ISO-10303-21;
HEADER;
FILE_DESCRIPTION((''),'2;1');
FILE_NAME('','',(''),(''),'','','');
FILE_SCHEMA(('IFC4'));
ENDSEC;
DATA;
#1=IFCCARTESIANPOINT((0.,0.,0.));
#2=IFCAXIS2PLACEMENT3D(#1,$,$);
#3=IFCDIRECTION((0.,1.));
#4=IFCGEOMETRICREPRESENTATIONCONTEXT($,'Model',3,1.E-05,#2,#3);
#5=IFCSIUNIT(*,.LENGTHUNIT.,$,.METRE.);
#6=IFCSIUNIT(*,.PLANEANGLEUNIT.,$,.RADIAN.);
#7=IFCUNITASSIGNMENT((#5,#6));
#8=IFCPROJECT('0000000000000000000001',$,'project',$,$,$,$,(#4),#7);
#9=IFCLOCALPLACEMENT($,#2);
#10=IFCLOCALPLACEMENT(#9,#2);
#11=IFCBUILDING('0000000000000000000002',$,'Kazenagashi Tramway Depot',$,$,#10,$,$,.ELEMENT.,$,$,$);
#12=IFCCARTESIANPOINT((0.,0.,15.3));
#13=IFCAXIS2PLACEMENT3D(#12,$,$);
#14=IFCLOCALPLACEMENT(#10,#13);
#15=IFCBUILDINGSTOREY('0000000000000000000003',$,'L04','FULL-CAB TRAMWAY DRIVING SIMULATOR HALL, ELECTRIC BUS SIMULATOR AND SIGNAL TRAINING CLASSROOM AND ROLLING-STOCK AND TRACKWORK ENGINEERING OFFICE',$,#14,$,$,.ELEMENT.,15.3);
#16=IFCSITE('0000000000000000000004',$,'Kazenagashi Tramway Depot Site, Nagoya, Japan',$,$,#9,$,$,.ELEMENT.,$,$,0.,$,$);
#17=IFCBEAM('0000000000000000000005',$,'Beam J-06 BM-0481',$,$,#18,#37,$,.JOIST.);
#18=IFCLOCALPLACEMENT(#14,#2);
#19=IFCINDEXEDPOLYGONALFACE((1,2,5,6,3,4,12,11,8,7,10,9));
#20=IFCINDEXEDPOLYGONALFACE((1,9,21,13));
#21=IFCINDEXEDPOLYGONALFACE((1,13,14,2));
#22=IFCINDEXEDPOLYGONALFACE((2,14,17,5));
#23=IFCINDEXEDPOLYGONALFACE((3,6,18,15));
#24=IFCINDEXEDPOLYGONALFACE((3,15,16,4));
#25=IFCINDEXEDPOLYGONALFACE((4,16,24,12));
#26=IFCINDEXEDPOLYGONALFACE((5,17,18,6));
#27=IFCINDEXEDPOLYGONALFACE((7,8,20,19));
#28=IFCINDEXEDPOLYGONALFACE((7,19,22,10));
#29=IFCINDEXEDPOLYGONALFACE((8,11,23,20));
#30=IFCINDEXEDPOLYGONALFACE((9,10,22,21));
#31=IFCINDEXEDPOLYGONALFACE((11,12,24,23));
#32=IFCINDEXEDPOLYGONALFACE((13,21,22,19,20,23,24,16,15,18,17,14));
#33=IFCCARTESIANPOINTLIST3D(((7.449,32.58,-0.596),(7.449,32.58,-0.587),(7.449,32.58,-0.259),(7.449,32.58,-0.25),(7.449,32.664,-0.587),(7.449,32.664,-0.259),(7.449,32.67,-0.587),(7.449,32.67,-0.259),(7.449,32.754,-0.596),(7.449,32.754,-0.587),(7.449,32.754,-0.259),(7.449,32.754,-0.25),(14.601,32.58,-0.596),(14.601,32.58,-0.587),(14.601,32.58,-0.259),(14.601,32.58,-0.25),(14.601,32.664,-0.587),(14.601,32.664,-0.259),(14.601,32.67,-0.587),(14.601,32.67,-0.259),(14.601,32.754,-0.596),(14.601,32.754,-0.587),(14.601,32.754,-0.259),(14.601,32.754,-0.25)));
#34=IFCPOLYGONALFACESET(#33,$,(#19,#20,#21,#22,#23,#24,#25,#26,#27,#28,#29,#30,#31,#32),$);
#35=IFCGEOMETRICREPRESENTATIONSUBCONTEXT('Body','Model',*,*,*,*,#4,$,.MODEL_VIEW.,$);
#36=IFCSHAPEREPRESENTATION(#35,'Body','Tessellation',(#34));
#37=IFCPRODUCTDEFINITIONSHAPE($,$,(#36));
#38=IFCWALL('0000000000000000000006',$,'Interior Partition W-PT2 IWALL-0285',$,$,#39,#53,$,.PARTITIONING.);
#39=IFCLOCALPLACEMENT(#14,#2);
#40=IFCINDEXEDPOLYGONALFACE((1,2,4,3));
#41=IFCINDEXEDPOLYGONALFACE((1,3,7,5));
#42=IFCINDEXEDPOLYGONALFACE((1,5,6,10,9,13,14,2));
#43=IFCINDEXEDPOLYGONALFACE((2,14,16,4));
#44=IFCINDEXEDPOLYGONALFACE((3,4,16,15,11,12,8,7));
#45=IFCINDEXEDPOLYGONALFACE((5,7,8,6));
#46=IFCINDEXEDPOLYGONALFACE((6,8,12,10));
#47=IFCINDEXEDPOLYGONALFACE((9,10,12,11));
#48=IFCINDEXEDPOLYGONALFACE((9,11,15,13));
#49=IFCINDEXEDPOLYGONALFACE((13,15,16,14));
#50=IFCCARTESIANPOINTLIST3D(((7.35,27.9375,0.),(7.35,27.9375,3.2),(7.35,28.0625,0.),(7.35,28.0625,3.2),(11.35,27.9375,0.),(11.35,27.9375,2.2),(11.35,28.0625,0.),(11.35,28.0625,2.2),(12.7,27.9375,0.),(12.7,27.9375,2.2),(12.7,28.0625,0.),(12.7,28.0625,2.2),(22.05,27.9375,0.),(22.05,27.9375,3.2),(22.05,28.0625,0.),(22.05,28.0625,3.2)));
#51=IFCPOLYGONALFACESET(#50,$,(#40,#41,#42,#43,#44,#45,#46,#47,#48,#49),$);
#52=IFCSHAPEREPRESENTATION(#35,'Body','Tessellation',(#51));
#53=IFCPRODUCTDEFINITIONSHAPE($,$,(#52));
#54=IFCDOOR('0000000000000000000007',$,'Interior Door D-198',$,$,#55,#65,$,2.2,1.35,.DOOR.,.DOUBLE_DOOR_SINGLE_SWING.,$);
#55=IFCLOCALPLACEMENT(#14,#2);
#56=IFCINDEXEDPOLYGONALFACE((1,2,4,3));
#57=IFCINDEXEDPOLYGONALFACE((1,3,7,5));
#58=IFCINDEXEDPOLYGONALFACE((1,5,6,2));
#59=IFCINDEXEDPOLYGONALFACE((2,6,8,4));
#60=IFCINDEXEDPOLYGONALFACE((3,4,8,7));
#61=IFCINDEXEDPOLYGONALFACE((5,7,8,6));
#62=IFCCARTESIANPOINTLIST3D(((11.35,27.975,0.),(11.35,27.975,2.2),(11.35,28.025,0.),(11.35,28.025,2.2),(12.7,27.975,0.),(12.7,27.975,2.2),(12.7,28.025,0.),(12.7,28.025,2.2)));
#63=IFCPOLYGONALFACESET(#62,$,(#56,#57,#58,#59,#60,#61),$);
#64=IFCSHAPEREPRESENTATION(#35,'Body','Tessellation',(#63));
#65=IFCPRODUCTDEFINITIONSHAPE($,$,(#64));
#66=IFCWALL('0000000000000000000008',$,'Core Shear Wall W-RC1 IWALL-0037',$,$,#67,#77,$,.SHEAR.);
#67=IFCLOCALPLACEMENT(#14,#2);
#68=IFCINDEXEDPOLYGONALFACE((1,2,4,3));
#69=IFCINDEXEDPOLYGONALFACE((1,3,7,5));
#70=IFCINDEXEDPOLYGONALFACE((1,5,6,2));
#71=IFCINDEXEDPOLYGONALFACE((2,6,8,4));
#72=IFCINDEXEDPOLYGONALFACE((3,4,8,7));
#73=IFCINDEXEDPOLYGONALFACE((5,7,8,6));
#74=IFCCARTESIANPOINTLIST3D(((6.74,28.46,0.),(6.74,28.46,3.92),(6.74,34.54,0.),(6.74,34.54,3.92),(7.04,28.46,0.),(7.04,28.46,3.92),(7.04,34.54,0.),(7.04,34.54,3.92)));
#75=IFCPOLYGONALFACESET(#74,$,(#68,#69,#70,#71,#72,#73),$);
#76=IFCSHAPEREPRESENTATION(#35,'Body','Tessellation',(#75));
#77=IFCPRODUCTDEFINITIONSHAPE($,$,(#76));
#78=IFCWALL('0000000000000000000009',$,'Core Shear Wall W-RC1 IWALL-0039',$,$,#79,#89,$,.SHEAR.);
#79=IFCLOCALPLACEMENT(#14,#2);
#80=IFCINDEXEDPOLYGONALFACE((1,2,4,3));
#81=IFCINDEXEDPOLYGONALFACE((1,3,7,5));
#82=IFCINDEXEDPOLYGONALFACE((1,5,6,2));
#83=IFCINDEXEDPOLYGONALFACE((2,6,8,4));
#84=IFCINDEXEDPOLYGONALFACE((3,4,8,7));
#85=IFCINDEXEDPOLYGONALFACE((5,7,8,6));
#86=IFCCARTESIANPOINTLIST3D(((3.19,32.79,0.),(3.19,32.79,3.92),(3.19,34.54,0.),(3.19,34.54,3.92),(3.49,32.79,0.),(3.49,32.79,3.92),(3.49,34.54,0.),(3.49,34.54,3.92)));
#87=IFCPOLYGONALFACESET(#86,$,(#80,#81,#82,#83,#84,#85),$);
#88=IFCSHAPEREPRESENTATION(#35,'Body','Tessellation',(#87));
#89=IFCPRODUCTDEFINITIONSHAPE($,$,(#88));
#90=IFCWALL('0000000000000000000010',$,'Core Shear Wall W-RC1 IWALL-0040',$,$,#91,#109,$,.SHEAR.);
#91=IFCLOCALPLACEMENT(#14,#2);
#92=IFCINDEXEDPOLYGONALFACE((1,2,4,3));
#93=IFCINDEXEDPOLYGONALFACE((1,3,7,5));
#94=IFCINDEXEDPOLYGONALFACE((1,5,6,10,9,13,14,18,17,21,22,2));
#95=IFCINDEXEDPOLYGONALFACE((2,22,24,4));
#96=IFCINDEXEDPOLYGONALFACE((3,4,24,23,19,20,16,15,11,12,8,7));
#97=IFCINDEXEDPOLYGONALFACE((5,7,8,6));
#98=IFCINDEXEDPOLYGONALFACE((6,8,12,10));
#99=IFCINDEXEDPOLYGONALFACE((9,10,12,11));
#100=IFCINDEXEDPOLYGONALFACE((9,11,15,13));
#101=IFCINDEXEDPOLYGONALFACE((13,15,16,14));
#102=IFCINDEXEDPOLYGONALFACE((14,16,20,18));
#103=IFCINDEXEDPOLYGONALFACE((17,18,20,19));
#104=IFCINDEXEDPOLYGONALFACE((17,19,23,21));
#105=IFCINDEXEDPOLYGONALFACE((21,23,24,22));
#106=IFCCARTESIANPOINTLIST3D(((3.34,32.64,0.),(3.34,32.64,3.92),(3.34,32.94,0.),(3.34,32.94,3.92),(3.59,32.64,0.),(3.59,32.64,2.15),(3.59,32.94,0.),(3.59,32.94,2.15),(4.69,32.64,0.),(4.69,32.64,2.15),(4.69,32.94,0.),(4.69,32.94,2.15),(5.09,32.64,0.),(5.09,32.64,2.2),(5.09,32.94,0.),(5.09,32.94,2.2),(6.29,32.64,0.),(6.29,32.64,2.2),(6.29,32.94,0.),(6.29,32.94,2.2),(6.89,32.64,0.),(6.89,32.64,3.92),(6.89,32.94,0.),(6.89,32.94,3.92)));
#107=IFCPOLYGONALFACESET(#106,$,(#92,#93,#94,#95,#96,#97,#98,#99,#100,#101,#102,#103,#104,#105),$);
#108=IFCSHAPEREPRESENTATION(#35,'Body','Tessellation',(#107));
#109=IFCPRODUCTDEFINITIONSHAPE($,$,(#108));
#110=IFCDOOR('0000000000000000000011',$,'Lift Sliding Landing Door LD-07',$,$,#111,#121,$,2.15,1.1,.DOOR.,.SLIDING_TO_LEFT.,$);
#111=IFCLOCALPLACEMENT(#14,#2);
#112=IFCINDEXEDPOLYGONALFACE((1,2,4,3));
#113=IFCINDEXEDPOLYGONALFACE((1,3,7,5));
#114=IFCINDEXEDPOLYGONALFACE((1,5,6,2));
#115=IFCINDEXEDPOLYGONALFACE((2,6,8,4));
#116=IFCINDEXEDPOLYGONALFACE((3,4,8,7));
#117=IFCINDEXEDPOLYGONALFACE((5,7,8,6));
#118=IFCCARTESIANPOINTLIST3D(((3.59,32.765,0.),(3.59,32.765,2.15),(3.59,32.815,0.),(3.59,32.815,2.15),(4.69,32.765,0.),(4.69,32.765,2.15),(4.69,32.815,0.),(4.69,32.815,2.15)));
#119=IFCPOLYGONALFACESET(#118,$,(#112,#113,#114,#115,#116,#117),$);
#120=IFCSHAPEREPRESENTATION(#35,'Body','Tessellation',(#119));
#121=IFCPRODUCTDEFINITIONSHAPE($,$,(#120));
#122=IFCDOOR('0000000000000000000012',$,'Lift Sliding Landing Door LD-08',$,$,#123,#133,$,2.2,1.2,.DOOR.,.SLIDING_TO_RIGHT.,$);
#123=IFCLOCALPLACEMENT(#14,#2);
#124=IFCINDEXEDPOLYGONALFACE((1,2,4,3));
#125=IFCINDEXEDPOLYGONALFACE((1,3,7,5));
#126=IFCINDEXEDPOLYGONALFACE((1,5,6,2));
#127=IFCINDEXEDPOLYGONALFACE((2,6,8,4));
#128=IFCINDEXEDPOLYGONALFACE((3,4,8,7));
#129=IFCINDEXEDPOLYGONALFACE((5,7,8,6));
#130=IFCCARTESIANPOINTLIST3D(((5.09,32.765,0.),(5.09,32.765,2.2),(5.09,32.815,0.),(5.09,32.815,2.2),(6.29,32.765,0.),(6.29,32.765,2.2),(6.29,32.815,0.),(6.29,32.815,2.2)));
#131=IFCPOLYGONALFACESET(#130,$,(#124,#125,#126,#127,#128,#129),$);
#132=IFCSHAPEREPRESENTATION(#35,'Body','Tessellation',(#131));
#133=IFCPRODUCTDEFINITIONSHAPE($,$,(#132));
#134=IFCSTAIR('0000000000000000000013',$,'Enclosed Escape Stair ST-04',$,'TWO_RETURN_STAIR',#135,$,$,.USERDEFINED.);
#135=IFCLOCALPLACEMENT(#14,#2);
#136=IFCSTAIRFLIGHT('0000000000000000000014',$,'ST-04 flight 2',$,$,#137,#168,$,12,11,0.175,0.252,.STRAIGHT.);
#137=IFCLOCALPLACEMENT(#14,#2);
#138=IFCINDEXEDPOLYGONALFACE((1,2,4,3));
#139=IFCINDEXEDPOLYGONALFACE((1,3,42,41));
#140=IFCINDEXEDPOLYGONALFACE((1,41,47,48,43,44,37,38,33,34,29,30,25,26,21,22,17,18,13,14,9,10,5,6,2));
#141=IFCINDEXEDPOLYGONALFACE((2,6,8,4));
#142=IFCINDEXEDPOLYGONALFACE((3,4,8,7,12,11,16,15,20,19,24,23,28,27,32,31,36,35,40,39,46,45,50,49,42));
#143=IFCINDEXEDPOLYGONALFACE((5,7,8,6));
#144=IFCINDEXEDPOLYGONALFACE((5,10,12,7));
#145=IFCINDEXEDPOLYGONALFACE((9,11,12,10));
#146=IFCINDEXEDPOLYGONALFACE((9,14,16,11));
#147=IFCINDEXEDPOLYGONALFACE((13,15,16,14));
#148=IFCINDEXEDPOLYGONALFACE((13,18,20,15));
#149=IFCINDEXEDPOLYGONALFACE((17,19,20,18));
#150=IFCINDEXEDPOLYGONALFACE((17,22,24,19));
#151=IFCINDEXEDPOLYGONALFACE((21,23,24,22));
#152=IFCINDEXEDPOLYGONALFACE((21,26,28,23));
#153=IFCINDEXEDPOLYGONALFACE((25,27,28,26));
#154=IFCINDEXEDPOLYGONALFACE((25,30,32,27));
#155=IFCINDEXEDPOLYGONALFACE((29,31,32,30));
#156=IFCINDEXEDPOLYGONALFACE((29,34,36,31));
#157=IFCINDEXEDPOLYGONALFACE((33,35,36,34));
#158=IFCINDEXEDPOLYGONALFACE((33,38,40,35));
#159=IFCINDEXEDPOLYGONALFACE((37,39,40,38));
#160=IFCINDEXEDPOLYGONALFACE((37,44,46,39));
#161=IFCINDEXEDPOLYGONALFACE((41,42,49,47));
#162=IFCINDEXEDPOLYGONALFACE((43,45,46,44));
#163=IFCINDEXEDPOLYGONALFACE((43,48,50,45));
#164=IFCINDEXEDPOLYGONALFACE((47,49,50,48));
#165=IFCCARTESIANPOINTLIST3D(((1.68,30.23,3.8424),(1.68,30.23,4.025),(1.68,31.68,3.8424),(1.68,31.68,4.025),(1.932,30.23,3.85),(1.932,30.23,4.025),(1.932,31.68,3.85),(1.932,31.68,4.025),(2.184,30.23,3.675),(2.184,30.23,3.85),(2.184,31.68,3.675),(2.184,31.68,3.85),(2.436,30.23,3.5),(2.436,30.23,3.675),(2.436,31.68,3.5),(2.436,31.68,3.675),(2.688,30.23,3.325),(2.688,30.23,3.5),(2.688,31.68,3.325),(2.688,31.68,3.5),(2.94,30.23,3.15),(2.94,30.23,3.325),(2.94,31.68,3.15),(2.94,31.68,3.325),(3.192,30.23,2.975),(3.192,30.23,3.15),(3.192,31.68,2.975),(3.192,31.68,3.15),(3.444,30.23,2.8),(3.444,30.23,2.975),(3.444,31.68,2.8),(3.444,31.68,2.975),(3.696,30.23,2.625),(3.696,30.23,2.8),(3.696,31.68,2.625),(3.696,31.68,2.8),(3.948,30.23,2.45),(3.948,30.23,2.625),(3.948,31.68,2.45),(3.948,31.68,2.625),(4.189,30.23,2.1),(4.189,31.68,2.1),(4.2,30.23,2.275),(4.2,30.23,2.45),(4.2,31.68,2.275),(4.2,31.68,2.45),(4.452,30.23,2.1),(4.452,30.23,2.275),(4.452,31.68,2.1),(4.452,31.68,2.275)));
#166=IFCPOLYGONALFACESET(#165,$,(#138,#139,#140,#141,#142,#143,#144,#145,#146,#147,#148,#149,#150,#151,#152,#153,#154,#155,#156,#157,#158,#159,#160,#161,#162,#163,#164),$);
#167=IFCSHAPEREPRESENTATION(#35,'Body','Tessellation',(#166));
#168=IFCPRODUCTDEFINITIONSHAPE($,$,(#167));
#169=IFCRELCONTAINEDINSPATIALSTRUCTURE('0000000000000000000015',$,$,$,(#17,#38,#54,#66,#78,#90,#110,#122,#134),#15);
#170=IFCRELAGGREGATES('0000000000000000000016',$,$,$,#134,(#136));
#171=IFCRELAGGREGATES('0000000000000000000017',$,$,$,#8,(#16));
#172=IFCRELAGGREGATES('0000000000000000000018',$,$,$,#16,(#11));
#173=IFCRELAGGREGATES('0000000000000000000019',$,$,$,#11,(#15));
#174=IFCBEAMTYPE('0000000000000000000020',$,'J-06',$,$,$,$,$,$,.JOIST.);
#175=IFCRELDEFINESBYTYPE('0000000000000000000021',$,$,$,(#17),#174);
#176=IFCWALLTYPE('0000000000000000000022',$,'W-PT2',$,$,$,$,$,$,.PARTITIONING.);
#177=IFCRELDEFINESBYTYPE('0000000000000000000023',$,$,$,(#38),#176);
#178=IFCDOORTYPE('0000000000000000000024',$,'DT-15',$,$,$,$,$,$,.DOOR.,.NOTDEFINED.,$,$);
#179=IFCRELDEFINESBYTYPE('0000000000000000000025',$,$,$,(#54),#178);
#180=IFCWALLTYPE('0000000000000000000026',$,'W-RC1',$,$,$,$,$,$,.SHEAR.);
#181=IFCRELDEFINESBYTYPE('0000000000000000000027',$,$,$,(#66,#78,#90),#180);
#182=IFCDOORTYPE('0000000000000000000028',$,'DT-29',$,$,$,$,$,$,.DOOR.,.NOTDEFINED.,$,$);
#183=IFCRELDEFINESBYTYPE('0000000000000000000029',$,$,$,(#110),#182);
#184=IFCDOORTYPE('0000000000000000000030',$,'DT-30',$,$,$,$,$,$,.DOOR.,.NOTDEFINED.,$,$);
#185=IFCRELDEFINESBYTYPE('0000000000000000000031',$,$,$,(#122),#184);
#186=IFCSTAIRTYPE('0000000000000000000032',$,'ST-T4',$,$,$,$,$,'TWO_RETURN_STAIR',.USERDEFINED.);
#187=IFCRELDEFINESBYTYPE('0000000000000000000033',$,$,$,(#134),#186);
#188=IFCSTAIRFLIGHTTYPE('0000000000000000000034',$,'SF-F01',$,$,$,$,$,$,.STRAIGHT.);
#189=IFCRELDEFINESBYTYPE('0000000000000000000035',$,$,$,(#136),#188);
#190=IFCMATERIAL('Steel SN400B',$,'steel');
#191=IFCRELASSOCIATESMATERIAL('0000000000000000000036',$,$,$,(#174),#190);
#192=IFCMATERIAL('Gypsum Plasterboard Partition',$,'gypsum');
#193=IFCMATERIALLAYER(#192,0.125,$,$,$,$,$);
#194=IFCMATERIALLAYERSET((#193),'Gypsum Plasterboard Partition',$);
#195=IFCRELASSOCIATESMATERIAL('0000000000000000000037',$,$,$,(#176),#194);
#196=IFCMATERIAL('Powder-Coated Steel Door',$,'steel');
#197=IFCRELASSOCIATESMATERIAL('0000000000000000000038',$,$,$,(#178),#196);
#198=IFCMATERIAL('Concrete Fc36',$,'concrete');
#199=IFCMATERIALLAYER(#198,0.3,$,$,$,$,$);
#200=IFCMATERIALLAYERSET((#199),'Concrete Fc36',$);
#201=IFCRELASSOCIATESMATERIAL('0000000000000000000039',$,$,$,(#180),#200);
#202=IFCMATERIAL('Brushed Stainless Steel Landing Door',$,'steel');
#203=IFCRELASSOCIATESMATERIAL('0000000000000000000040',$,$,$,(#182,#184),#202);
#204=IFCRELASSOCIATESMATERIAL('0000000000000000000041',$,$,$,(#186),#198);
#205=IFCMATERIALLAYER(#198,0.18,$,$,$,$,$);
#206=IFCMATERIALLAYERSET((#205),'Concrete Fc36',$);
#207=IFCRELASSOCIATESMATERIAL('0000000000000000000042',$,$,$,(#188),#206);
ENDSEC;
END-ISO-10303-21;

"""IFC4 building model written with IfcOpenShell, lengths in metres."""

from ifc_helpers import new_model, si_unit, direction, frame, frame_2d, origin, origin_2d, place, context, subcontext, project, spatial, polyline, rectangle, i_section, outline, extrude, material, layer, layer_set, material_profile, profile_set, type_object, element, fill, aggregate, save


model = new_model("IFC4")

# Units and contexts
model_context = context("Model", 3, precision=1e-05, world=origin(), true_north=direction((0.0, 1.0)))
body_context = subcontext(model_context, "Body", "Model", "MODEL_VIEW")
ifc_project = project(units=[si_unit("LENGTHUNIT", "METRE"), si_unit("PLANEANGLEUNIT", "RADIAN")], contexts=[model_context])

# Site, building, storey
site_placement = place(None, origin())
site = spatial("IfcSite", under=ifc_project, at=site_placement, Name="Kazenagashi Tramway Depot Site, Nagoya, Japan", CompositionType="ELEMENT", RefElevation=0.0)
building_placement = place(site_placement, origin())
building = spatial("IfcBuilding", under=site, at=building_placement, Name="Kazenagashi Tramway Depot", CompositionType="ELEMENT")
storey_placement = place(building_placement, frame((0.0, 0.0, 15.3)))
storey = spatial("IfcBuildingStorey", under=building, at=storey_placement, Name="L04", Description="FULL-CAB TRAMWAY DRIVING SIMULATOR HALL, ELECTRIC BUS SIMULATOR AND SIGNAL TRAINING CLASSROOM AND ROLLING-STOCK AND TRACKWORK ENGINEERING OFFICE", CompositionType="ELEMENT", Elevation=15.3)

# Beam
ifc_material_1 = material(Name="Steel SN400B", Category="steel")
ifc_material_profile_1 = material_profile(ifc_material_1, i_section(OverallWidth=0.174, OverallDepth=0.346, WebThickness=0.006, FlangeThickness=0.009, at=origin_2d()), Name="H-346x174x6x9")
ifc_profile_set_1 = profile_set([ifc_material_profile_1], Name="Steel SN400B")
beam_type_1 = type_object("IfcBeamType", Name="J-06", PredefinedType="JOIST", material=ifc_profile_set_1)
for number, where, z_axis, x_axis, name in (
    (1, (7.449, 32.667, -0.423), (1.0, 0.0, 0.0), (0.0, 1.0, 0.0), "Beam J-06 BM-0481"),
):
    element("IfcBeam", number, at=place(storey_placement, frame(where, z_axis=z_axis, x_axis=x_axis)), inside=storey, type_object=beam_type_1, Name=name, PredefinedType="JOIST", context=body_context, shape_type="SweptSolid", body=[
        extrude(i_section(OverallWidth=0.174, OverallDepth=0.346, WebThickness=0.006, FlangeThickness=0.009, at=origin_2d()), origin(), (0.0, 0.0, 1.0), 7.152),
    ])

# Wall, opening, door
ifc_material_2 = material(Name="Gypsum Plasterboard Partition", Category="gypsum")
ifc_layer_1 = layer(ifc_material_2, 0.125)
ifc_layer_set_1 = layer_set([ifc_layer_1], Name="Gypsum Plasterboard Partition")
wall_type_1 = type_object("IfcWallType", Name="W-PT2", PredefinedType="PARTITIONING", material=ifc_layer_set_1)
wall_1_placement = place(storey_placement, frame((7.35, 28.0, 0.0), z_axis=(0.0, 0.0, 1.0), x_axis=(1.0, 0.0, 0.0)))
wall_1 = element("IfcWall", 2, at=wall_1_placement, inside=storey, type_object=wall_type_1, Name="Interior Partition W-PT2 IWALL-0285", PredefinedType="PARTITIONING", context=body_context, shape_type="SweptSolid", body=[
    extrude(rectangle(XDim=14.7, YDim=0.125, at=frame_2d((7.35, 0.0))), origin(), (0.0, 0.0, 1.0), 3.2),
])
opening_1_placement = place(wall_1_placement, frame((4.0, 0.0, 0.0)))
opening_1 = element("IfcOpeningElement", 3, at=opening_1_placement, cuts=wall_1, PredefinedType="OPENING", context=body_context, shape_type="SweptSolid", body=[
    extrude(rectangle(XDim=1.35, YDim=2.2, at=frame_2d((0.675, 1.1))), frame((0.0, 0.0725, 0.0), z_axis=(0.0, -1.0, 0.0), x_axis=(1.0, 0.0, 0.0)), (0.0, 0.0, 1.0), 0.145),
])
ifc_material_3 = material(Name="Powder-Coated Steel Door", Category="steel")
door_type_1 = type_object("IfcDoorType", Name="DT-15", OperationType="NOTDEFINED", PredefinedType="DOOR", material=ifc_material_3)
door_1_placement = place(opening_1_placement, origin())
door_1 = element("IfcDoor", 4, at=door_1_placement, inside=storey, type_object=door_type_1, Name="Interior Door D-198", OperationType="DOUBLE_DOOR_SINGLE_SWING", OverallHeight=2.2, OverallWidth=1.35, PredefinedType="DOOR", context=body_context, shape_type="SweptSolid", body=[
    extrude(rectangle(XDim=1.35, YDim=2.2, at=frame_2d((0.675, 1.1))), frame((0.0, 0.025, 0.0), z_axis=(0.0, -1.0, 0.0), x_axis=(1.0, 0.0, 0.0)), (0.0, 0.0, 1.0), 0.05),
])
fill(opening_1, door_1)

# Walls
ifc_material_4 = material(Name="Concrete Fc36", Category="concrete")
ifc_layer_2 = layer(ifc_material_4, 0.3)
ifc_layer_set_2 = layer_set([ifc_layer_2], Name="Concrete Fc36")
wall_type_2 = type_object("IfcWallType", Name="W-RC1", PredefinedType="SHEAR", material=ifc_layer_set_2)
wall_2_placement = place(storey_placement, frame((6.89, 28.46, 0.0), z_axis=(0.0, 0.0, 1.0), x_axis=(0.0, 1.0, 0.0)))
element("IfcWall", 5, at=wall_2_placement, inside=storey, type_object=wall_type_2, Name="Core Shear Wall W-RC1 IWALL-0037", PredefinedType="SHEAR", context=body_context, shape_type="SweptSolid", body=[
    extrude(rectangle(XDim=6.08, YDim=0.3, at=frame_2d((3.04, 0.0))), origin(), (0.0, 0.0, 1.0), 3.92),
])
wall_3_placement = place(storey_placement, frame((3.34, 32.79, 0.0), z_axis=(0.0, 0.0, 1.0), x_axis=(0.0, 1.0, 0.0)))
element("IfcWall", 6, at=wall_3_placement, inside=storey, type_object=wall_type_2, Name="Core Shear Wall W-RC1 IWALL-0039", PredefinedType="SHEAR", context=body_context, shape_type="SweptSolid", body=[
    extrude(rectangle(XDim=1.75, YDim=0.3, at=frame_2d((0.875, 0.0))), origin(), (0.0, 0.0, 1.0), 3.92),
])

# Wall, openings, doors
wall_4_placement = place(storey_placement, frame((3.34, 32.79, 0.0), z_axis=(0.0, 0.0, 1.0), x_axis=(1.0, 0.0, 0.0)))
wall_4 = element("IfcWall", 7, at=wall_4_placement, inside=storey, type_object=wall_type_2, Name="Core Shear Wall W-RC1 IWALL-0040", PredefinedType="SHEAR", context=body_context, shape_type="SweptSolid", body=[
    extrude(rectangle(XDim=3.55, YDim=0.3, at=frame_2d((1.775, 0.0))), origin(), (0.0, 0.0, 1.0), 3.92),
])
opening_2_placement = place(wall_4_placement, frame((0.25, 0.0, 0.0)))
opening_2 = element("IfcOpeningElement", 8, at=opening_2_placement, cuts=wall_4, PredefinedType="OPENING", context=body_context, shape_type="SweptSolid", body=[
    extrude(rectangle(XDim=1.1, YDim=2.15, at=frame_2d((0.55, 1.075))), frame((0.0, 0.16, 0.0), z_axis=(0.0, -1.0, 0.0), x_axis=(1.0, 0.0, 0.0)), (0.0, 0.0, 1.0), 0.32),
])
opening_3_placement = place(wall_4_placement, frame((1.75, 0.0, 0.0)))
opening_3 = element("IfcOpeningElement", 9, at=opening_3_placement, cuts=wall_4, PredefinedType="OPENING", context=body_context, shape_type="SweptSolid", body=[
    extrude(rectangle(XDim=1.2, YDim=2.2, at=frame_2d((0.6, 1.1))), frame((0.0, 0.16, 0.0), z_axis=(0.0, -1.0, 0.0), x_axis=(1.0, 0.0, 0.0)), (0.0, 0.0, 1.0), 0.32),
])
ifc_material_5 = material(Name="Brushed Stainless Steel Landing Door", Category="steel")
door_type_2 = type_object("IfcDoorType", Name="DT-29", OperationType="NOTDEFINED", PredefinedType="DOOR", material=ifc_material_5)
door_2_placement = place(opening_2_placement, origin())
door_2 = element("IfcDoor", 10, at=door_2_placement, inside=storey, type_object=door_type_2, Name="Lift Sliding Landing Door LD-07", OperationType="SLIDING_TO_LEFT", OverallHeight=2.15, OverallWidth=1.1, PredefinedType="DOOR", context=body_context, shape_type="SweptSolid", body=[
    extrude(rectangle(XDim=1.1, YDim=2.15, at=frame_2d((0.55, 1.075))), frame((0.0, 0.025, 0.0), z_axis=(0.0, -1.0, 0.0), x_axis=(1.0, 0.0, 0.0)), (0.0, 0.0, 1.0), 0.05),
])
fill(opening_2, door_2)
door_type_3 = type_object("IfcDoorType", Name="DT-30", OperationType="NOTDEFINED", PredefinedType="DOOR", material=ifc_material_5)
door_3_placement = place(opening_3_placement, origin())
door_3 = element("IfcDoor", 11, at=door_3_placement, inside=storey, type_object=door_type_3, Name="Lift Sliding Landing Door LD-08", OperationType="SLIDING_TO_RIGHT", OverallHeight=2.2, OverallWidth=1.2, PredefinedType="DOOR", context=body_context, shape_type="SweptSolid", body=[
    extrude(rectangle(XDim=1.2, YDim=2.2, at=frame_2d((0.6, 1.1))), frame((0.0, 0.025, 0.0), z_axis=(0.0, -1.0, 0.0), x_axis=(1.0, 0.0, 0.0)), (0.0, 0.0, 1.0), 0.05),
])
fill(opening_3, door_3)

# Stair, stair flight
stair_type = type_object("IfcStairType", Name="ST-T4", ElementType="TWO_RETURN_STAIR", PredefinedType="USERDEFINED", material=ifc_material_4)
stair_placement = place(storey_placement, origin())
stair = element("IfcStair", 12, at=stair_placement, inside=storey, type_object=stair_type, Name="Enclosed Escape Stair ST-04", ObjectType="TWO_RETURN_STAIR", PredefinedType="USERDEFINED")
ifc_layer_3 = layer(ifc_material_4, 0.18)
ifc_layer_set_3 = layer_set([ifc_layer_3], Name="Concrete Fc36")
stair_flight_type = type_object("IfcStairFlightType", Name="SF-F01", PredefinedType="STRAIGHT", material=ifc_layer_set_3)
stair_flight_placement = place(storey_placement, frame((4.452, 30.955, 2.1), z_axis=(0.0, 0.0, 1.0), x_axis=(-1.0, 0.0, 0.0)))
stair_flight = element("IfcStairFlight", 13, at=stair_flight_placement, type_object=stair_flight_type, Name="ST-04 flight 2", NumberOfRisers=12, NumberOfTreads=11, PredefinedType="STRAIGHT", RiserHeight=0.175, TreadLength=0.252, context=body_context, shape_type="SweptSolid", body=[
    extrude(outline(polyline([(0.0, 0.0), (0.0, 0.175), (0.252, 0.175), (0.252, 0.35), (0.504, 0.35), (0.504, 0.525), (0.756, 0.525), (0.756, 0.7), (1.008, 0.7), (1.008, 0.875), (1.26, 0.875), (1.26, 1.05), (1.512, 1.05), (1.512, 1.225), (1.764, 1.225), (1.764, 1.4), (2.016, 1.4), (2.016, 1.575), (2.268, 1.575), (2.268, 1.75), (2.52, 1.75), (2.52, 1.925), (2.772, 1.925), (2.772, 2.1), (2.772, 1.7424), (0.263, 0.0), (0.0, 0.0)])), frame((0.0, 0.725, 0.0), z_axis=(0.0, -1.0, 0.0), x_axis=(1.0, 0.0, 0.0)), (0.0, 0.0, 1.0), 1.45),
])
aggregate(stair, [stair_flight])

save(model, "model.ifc")
